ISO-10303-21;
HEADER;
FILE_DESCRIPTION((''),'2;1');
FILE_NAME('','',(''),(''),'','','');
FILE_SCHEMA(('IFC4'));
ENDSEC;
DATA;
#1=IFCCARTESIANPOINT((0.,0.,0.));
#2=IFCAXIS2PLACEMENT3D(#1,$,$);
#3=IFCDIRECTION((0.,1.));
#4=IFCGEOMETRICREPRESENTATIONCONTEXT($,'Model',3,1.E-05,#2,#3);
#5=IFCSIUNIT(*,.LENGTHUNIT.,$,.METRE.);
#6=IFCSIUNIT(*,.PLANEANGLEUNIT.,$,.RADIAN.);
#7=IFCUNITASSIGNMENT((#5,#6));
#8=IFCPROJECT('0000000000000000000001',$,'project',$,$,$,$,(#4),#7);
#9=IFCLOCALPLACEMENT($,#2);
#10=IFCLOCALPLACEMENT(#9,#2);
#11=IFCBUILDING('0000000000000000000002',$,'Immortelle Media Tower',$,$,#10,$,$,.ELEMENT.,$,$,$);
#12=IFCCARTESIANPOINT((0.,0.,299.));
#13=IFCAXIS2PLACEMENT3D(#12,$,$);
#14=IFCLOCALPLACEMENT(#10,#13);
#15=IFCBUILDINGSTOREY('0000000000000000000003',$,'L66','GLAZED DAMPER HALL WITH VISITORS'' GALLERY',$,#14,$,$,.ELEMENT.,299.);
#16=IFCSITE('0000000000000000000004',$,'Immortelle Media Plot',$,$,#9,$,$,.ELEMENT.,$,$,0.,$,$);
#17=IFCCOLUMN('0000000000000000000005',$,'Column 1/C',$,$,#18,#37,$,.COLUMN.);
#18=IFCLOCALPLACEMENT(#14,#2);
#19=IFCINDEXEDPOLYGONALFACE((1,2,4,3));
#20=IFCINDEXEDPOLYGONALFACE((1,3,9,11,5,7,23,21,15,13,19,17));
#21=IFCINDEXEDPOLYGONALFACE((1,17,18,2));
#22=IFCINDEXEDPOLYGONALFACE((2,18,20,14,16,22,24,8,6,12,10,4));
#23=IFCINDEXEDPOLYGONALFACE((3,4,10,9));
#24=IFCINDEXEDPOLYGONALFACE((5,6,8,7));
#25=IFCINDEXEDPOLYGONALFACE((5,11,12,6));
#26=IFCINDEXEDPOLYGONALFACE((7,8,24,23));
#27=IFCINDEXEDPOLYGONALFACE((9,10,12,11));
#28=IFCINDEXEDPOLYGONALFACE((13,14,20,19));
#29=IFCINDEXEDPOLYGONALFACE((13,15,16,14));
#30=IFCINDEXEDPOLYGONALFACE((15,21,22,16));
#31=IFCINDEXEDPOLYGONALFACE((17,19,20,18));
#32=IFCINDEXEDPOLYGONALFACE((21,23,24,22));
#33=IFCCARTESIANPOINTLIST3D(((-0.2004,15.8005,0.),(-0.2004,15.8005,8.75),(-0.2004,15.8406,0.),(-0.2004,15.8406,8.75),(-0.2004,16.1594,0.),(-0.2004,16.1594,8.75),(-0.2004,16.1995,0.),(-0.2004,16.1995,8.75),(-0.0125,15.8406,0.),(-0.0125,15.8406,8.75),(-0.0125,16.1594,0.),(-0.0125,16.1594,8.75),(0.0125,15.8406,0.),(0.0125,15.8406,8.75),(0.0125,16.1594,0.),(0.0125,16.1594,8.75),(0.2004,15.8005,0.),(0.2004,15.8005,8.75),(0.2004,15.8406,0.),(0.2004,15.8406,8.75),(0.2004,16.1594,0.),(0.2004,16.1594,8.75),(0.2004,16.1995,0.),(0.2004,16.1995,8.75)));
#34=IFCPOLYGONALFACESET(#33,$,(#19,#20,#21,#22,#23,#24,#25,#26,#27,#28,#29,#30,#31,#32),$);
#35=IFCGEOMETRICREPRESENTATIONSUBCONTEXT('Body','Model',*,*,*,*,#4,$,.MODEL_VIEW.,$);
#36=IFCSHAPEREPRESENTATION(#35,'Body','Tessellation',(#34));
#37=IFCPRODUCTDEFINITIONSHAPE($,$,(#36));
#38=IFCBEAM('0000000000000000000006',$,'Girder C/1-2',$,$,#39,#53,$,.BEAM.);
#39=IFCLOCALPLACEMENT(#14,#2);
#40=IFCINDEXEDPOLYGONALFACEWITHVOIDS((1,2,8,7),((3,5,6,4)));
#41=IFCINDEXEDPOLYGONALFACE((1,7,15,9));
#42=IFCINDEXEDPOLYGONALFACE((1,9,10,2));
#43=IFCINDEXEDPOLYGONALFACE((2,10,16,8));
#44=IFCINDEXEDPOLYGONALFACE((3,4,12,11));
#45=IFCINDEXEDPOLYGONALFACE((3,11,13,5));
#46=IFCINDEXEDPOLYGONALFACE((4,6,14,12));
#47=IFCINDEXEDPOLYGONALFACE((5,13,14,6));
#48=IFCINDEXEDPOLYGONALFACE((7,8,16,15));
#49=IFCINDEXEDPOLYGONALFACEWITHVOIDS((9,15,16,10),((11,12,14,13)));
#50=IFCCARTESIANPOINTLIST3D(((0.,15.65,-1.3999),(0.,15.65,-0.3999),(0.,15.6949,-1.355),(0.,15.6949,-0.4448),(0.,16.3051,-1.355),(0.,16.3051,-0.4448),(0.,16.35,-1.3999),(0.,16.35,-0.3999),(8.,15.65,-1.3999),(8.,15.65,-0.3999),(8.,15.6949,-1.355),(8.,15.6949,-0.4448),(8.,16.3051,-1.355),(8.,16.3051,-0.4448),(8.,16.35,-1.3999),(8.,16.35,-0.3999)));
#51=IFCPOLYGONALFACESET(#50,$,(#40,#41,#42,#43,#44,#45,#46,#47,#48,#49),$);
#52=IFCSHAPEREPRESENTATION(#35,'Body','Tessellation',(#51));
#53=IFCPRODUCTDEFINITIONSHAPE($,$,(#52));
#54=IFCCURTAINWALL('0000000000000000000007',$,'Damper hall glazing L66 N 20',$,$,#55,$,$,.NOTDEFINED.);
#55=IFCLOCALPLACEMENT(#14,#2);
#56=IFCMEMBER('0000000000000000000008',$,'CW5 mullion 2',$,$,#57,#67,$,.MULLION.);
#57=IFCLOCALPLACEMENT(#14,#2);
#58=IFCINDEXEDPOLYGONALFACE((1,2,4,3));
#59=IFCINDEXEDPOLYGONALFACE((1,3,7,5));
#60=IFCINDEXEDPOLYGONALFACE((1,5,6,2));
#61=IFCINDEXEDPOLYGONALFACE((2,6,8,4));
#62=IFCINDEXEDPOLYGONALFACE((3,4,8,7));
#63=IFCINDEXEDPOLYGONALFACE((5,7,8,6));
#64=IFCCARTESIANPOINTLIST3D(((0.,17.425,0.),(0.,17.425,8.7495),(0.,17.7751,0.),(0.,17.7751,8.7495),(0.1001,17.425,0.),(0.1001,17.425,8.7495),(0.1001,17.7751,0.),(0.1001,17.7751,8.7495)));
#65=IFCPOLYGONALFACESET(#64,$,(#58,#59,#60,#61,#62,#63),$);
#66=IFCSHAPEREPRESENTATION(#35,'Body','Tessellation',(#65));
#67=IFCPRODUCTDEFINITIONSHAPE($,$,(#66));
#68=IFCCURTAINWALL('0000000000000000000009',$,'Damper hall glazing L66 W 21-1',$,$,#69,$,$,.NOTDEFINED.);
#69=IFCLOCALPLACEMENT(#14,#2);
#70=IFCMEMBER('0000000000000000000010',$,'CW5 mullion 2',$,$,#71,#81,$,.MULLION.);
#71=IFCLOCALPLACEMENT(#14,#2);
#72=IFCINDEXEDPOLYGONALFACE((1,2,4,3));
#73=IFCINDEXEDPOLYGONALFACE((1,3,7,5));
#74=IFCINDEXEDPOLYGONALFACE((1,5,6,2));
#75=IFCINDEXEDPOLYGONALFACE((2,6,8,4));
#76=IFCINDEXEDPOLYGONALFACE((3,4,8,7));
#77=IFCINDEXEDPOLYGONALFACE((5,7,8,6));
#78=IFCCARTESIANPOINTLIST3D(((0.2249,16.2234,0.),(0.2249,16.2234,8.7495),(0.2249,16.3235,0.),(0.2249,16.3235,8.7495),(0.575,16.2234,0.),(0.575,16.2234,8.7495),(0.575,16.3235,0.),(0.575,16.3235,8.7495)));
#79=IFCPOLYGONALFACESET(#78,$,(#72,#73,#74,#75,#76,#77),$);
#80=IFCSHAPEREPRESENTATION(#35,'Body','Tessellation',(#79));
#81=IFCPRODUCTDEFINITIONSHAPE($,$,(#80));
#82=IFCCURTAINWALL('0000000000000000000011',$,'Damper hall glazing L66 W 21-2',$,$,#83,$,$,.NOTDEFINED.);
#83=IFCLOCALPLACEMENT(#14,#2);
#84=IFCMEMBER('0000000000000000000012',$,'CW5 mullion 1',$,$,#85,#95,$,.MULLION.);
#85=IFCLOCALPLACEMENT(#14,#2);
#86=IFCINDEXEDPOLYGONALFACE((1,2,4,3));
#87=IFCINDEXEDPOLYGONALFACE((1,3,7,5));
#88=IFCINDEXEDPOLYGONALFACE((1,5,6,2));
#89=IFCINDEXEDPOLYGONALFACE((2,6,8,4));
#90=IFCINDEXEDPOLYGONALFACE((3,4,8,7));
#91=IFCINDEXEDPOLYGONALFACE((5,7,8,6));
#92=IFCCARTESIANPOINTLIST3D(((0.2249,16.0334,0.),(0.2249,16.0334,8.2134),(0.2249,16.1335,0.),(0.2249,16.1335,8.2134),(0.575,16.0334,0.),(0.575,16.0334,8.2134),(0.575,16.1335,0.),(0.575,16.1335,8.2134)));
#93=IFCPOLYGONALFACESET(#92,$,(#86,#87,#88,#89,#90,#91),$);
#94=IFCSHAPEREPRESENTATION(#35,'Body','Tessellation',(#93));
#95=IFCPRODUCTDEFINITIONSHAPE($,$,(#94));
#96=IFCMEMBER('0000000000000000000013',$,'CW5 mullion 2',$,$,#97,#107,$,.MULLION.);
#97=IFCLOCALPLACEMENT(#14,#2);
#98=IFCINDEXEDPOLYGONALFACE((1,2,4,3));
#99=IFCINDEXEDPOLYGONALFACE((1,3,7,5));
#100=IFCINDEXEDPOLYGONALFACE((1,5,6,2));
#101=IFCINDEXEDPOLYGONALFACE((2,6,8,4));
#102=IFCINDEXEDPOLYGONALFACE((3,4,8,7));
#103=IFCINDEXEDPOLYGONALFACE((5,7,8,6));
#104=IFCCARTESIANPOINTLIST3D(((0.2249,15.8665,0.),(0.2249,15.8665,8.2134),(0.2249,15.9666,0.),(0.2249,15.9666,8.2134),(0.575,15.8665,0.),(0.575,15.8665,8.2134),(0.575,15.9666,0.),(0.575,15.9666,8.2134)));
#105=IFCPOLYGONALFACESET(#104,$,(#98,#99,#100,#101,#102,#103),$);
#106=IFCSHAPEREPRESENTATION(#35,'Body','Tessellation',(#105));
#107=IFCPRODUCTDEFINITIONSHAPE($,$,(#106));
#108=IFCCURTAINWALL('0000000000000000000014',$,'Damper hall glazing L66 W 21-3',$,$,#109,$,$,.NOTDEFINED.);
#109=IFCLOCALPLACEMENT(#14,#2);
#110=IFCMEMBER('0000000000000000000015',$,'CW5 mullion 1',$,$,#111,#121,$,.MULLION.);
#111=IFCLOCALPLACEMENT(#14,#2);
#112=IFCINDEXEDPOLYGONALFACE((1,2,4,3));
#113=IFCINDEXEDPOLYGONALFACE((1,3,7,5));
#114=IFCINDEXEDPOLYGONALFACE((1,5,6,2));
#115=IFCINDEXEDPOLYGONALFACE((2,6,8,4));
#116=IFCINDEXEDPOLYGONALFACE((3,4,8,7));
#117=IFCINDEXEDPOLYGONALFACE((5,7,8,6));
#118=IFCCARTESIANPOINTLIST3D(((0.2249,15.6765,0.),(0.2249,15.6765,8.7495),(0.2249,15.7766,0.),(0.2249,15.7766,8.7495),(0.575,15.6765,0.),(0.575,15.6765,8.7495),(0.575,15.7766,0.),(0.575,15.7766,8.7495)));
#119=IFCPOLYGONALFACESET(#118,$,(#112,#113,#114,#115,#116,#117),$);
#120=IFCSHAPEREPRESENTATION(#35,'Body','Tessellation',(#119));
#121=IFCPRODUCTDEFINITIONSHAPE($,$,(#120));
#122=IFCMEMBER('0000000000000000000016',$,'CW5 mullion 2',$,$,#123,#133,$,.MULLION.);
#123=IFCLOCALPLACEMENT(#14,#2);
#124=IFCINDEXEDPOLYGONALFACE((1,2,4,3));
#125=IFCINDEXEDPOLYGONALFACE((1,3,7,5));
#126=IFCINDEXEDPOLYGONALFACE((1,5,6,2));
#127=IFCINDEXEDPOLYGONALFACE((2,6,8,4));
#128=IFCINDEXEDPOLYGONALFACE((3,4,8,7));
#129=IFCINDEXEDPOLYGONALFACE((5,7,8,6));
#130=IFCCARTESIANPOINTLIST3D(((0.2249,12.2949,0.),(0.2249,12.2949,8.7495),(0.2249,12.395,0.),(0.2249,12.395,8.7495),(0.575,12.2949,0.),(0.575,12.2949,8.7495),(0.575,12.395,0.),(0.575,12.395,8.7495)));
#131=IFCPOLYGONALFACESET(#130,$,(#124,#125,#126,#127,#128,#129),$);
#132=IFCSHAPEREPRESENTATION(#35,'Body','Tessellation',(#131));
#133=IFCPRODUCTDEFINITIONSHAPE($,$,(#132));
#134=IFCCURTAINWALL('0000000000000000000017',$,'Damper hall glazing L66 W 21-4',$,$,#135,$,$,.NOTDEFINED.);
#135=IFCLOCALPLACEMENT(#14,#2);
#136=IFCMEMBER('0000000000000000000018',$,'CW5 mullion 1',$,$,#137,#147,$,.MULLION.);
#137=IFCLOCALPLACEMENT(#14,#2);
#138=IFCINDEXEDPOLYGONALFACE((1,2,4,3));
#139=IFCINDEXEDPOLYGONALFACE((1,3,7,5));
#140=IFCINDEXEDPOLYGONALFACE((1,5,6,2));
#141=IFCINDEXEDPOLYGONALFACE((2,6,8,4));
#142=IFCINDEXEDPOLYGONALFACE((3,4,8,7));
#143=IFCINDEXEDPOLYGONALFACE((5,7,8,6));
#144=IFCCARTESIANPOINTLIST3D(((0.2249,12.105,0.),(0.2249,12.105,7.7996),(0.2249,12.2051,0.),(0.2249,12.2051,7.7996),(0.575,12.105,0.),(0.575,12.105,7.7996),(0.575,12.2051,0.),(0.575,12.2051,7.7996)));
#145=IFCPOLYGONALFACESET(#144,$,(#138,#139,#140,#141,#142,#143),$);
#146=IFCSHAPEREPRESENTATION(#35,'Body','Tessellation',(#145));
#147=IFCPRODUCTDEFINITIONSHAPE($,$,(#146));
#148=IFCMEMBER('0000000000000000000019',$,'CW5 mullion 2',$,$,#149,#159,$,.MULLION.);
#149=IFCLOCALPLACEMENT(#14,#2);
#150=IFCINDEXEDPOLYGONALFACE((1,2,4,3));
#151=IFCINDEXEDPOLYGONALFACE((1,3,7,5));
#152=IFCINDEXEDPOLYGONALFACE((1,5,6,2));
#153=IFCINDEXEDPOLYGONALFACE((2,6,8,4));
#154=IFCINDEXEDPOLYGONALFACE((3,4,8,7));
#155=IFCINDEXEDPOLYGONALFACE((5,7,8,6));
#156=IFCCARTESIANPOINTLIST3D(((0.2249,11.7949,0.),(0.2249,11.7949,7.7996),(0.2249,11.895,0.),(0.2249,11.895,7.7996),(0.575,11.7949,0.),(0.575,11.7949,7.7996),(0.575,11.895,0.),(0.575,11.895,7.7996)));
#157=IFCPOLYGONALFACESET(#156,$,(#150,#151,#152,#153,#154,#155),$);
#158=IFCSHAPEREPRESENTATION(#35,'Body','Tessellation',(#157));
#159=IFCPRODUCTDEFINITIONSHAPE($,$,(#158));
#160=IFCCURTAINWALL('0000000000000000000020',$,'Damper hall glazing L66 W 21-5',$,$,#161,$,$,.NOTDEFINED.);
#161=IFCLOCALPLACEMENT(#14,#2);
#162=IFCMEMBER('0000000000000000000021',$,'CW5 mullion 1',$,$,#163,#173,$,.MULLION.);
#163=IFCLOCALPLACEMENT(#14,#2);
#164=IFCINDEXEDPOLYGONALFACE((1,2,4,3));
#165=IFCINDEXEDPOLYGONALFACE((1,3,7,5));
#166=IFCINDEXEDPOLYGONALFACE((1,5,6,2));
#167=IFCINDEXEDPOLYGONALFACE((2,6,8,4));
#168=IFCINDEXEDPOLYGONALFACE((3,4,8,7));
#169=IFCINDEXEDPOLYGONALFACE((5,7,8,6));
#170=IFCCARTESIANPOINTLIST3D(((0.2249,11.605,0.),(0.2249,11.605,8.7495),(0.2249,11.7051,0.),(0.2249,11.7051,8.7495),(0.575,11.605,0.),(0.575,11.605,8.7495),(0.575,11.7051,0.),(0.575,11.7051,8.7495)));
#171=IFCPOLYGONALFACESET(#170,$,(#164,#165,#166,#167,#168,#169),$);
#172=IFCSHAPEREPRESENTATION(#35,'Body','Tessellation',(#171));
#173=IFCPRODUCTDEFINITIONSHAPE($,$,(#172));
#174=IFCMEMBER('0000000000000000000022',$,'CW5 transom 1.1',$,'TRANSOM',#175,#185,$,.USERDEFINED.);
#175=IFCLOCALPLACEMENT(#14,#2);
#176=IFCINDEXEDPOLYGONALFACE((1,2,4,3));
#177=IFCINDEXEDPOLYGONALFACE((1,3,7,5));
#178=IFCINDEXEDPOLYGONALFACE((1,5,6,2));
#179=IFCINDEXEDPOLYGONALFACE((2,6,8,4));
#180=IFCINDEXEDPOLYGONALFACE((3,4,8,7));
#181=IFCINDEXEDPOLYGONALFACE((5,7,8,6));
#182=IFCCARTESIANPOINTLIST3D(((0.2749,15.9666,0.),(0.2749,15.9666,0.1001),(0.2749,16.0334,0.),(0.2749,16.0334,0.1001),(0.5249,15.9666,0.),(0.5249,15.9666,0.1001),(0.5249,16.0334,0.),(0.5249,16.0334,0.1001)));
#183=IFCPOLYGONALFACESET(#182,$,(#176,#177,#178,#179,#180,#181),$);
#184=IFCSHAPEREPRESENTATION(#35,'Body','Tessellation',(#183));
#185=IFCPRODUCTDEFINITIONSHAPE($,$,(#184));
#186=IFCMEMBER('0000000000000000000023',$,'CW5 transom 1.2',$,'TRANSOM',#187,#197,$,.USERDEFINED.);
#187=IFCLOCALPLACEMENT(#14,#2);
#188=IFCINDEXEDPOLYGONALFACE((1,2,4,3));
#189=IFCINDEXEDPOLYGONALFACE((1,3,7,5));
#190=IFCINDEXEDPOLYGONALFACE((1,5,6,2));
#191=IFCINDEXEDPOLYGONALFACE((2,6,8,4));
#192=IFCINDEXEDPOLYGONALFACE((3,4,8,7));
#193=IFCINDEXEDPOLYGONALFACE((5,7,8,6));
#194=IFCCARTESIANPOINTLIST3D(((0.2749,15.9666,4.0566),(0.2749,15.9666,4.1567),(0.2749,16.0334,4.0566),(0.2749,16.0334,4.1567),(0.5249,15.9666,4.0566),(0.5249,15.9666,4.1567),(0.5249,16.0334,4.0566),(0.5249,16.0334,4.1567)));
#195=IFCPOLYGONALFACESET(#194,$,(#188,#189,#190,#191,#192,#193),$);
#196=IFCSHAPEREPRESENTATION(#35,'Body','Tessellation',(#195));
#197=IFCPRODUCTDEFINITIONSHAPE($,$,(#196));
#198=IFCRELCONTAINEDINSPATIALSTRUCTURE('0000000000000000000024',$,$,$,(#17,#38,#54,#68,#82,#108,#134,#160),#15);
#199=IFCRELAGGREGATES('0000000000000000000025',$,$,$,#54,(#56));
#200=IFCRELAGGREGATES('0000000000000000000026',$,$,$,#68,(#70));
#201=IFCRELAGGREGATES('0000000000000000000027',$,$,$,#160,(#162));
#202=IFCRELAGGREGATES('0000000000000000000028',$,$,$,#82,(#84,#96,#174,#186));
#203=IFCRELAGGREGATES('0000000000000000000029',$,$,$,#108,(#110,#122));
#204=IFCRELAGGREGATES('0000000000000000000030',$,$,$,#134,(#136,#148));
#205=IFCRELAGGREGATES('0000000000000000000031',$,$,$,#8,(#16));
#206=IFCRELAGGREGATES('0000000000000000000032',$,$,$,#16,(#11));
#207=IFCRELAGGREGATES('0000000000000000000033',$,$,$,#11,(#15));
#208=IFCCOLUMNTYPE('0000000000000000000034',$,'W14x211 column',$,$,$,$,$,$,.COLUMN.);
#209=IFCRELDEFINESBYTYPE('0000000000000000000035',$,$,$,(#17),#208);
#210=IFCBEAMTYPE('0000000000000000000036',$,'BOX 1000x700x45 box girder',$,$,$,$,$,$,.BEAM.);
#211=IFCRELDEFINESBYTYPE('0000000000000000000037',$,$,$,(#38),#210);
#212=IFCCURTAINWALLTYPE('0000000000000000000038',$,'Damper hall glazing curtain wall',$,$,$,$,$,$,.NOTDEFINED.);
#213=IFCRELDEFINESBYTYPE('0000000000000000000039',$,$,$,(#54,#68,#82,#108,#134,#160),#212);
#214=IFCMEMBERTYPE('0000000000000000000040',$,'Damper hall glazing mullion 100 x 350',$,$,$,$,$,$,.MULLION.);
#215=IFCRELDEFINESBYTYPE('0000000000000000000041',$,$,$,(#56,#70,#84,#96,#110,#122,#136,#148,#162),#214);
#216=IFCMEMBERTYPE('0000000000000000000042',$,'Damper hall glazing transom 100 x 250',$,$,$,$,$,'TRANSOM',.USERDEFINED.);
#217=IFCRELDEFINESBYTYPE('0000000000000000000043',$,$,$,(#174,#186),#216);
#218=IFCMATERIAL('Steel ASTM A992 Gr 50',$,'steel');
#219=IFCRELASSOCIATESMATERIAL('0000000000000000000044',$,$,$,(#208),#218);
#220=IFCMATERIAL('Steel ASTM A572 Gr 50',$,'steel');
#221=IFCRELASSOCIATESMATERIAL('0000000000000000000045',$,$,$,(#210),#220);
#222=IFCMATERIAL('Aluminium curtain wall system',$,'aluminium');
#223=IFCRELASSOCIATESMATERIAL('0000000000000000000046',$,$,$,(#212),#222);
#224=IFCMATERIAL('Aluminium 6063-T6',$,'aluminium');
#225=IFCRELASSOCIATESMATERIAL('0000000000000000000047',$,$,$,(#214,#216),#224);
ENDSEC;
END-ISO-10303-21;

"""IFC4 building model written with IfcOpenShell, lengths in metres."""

from ifc_helpers import new_model, si_unit, direction, frame, origin, origin_2d, place, context, subcontext, project, spatial, rectangle, hollow_rectangle, i_section, extrude, material, material_profile, profile_set, type_object, element, aggregate, save


model = new_model("IFC4")

# Units and contexts
model_context = context("Model", 3, precision=1e-05, world=origin(), true_north=direction((0.0, 1.0)))
body_context = subcontext(model_context, "Body", "Model", "MODEL_VIEW")
ifc_project = project(units=[si_unit("LENGTHUNIT", "METRE"), si_unit("PLANEANGLEUNIT", "RADIAN")], contexts=[model_context])

# Site, building, storey
site_placement = place(None, origin())
site = spatial("IfcSite", under=ifc_project, at=site_placement, Name="Immortelle Media Plot", CompositionType="ELEMENT", RefElevation=0.0)
building_placement = place(site_placement, origin())
building = spatial("IfcBuilding", under=site, at=building_placement, Name="Immortelle Media Tower", CompositionType="ELEMENT")
storey_placement = place(building_placement, frame((0.0, 0.0, 299.0)))
storey = spatial("IfcBuildingStorey", under=building, at=storey_placement, Name="L66", Description="GLAZED DAMPER HALL WITH VISITORS' GALLERY", CompositionType="ELEMENT", Elevation=299.0)

# Column
ifc_material_1 = material(Name="Steel ASTM A992 Gr 50", Category="steel")
ifc_material_profile_1 = material_profile(ifc_material_1, i_section(OverallWidth=0.4009, OverallDepth=0.3989, WebThickness=0.0249, FlangeThickness=0.04, at=origin_2d()), Name="W14x211")
ifc_profile_set_1 = profile_set([ifc_material_profile_1], Name="Steel ASTM A992 Gr 50")
column_type = type_object("IfcColumnType", Name="W14x211 column", PredefinedType="COLUMN", material=ifc_profile_set_1)
column_placement = place(storey_placement, frame((0.0, 16.0, 0.0), z_axis=(0.0, 0.0, 1.0), x_axis=(1.0, 0.0, 0.0)))
element("IfcColumn", 1, at=column_placement, inside=storey, type_object=column_type, Name="Column 1/C", PredefinedType="COLUMN", context=body_context, shape_type="SweptSolid", body=[
    extrude(i_section(OverallWidth=0.4009, OverallDepth=0.3989, WebThickness=0.0249, FlangeThickness=0.04, at=origin_2d()), origin(), (0.0, 0.0, 1.0), 8.75),
])

# Beam
ifc_material_2 = material(Name="Steel ASTM A572 Gr 50", Category="steel")
ifc_material_profile_2 = material_profile(ifc_material_2, hollow_rectangle(XDim=0.7, YDim=1.0, WallThickness=0.0449, at=origin_2d()), Name="BOX 1000x700x45 box girder")
ifc_profile_set_2 = profile_set([ifc_material_profile_2], Name="Steel ASTM A572 Gr 50")
beam_type_1 = type_object("IfcBeamType", Name="BOX 1000x700x45 box girder", PredefinedType="BEAM", material=ifc_profile_set_2)
beam_placement = place(storey_placement, frame((0.0, 16.0, -0.8999), z_axis=(1.0, 0.0, 0.0), x_axis=(0.0, 1.0, 0.0)))
element("IfcBeam", 2, at=beam_placement, inside=storey, type_object=beam_type_1, Name="Girder C/1-2", PredefinedType="BEAM", context=body_context, shape_type="SweptSolid", body=[
    extrude(hollow_rectangle(XDim=0.7, YDim=1.0, WallThickness=0.0449, at=origin_2d()), origin(), (0.0, 0.0, 1.0), 8.0),
])

# Curtain walls, members
ifc_material_3 = material(Name="Aluminium curtain wall system", Category="aluminium")
curtain_wall_type = type_object("IfcCurtainWallType", Name="Damper hall glazing curtain wall", PredefinedType="NOTDEFINED", material=ifc_material_3)
curtain_wall_1_placement = place(storey_placement, origin())
curtain_wall_1 = element("IfcCurtainWall", 3, at=curtain_wall_1_placement, inside=storey, type_object=curtain_wall_type, Name="Damper hall glazing L66 N 20", PredefinedType="NOTDEFINED")
ifc_material_4 = material(Name="Aluminium 6063-T6", Category="aluminium")
ifc_material_profile_3 = material_profile(ifc_material_4, rectangle(XDim=0.3501, YDim=0.1001, at=origin_2d()), Name="AL 100x350")
ifc_profile_set_3 = profile_set([ifc_material_profile_3], Name="Aluminium 6063-T6")
member_type_1 = type_object("IfcMemberType", Name="Damper hall glazing mullion 100 x 350", PredefinedType="MULLION", material=ifc_profile_set_3)
member_1_placement = place(storey_placement, frame((0.05, 17.6001, 0.0), z_axis=(0.0, 0.0, 1.0), x_axis=(0.0, -1.0, 0.0)))
member_1 = element("IfcMember", 4, at=member_1_placement, type_object=member_type_1, Name="CW5 mullion 2", PredefinedType="MULLION", context=body_context, shape_type="SweptSolid", body=[
    extrude(rectangle(XDim=0.3501, YDim=0.1001, at=origin_2d()), origin(), (0.0, 0.0, 1.0), 8.7495),
])
aggregate(curtain_wall_1, [member_1])
curtain_wall_2_placement = place(storey_placement, origin())
curtain_wall_2 = element("IfcCurtainWall", 5, at=curtain_wall_2_placement, inside=storey, type_object=curtain_wall_type, Name="Damper hall glazing L66 W 21-1", PredefinedType="NOTDEFINED")
member_2_placement = place(storey_placement, frame((0.3999, 16.2734, 0.0), z_axis=(0.0, 0.0, 1.0), x_axis=(1.0, 0.0, 0.0)))
member_2 = element("IfcMember", 6, at=member_2_placement, type_object=member_type_1, Name="CW5 mullion 2", PredefinedType="MULLION", context=body_context, shape_type="SweptSolid", body=[
    extrude(rectangle(XDim=0.3501, YDim=0.1001, at=origin_2d()), origin(), (0.0, 0.0, 1.0), 8.7495),
])
aggregate(curtain_wall_2, [member_2])

# Curtain walls, members
curtain_wall_3_placement = place(storey_placement, origin())
curtain_wall_3 = element("IfcCurtainWall", 7, at=curtain_wall_3_placement, inside=storey, type_object=curtain_wall_type, Name="Damper hall glazing L66 W 21-2", PredefinedType="NOTDEFINED")
member_3_placement = place(storey_placement, frame((0.3999, 16.0835, 0.0), z_axis=(0.0, 0.0, 1.0), x_axis=(1.0, 0.0, 0.0)))
member_3 = element("IfcMember", 8, at=member_3_placement, type_object=member_type_1, Name="CW5 mullion 1", PredefinedType="MULLION", context=body_context, shape_type="SweptSolid", body=[
    extrude(rectangle(XDim=0.3501, YDim=0.1001, at=origin_2d()), origin(), (0.0, 0.0, 1.0), 8.2134),
])
member_4_placement = place(storey_placement, frame((0.3999, 15.9165, 0.0), z_axis=(0.0, 0.0, 1.0), x_axis=(1.0, 0.0, 0.0)))
member_4 = element("IfcMember", 9, at=member_4_placement, type_object=member_type_1, Name="CW5 mullion 2", PredefinedType="MULLION", context=body_context, shape_type="SweptSolid", body=[
    extrude(rectangle(XDim=0.3501, YDim=0.1001, at=origin_2d()), origin(), (0.0, 0.0, 1.0), 8.2134),
])
curtain_wall_4_placement = place(storey_placement, origin())
curtain_wall_4 = element("IfcCurtainWall", 10, at=curtain_wall_4_placement, inside=storey, type_object=curtain_wall_type, Name="Damper hall glazing L66 W 21-3", PredefinedType="NOTDEFINED")
member_5_placement = place(storey_placement, frame((0.3999, 15.7266, 0.0), z_axis=(0.0, 0.0, 1.0), x_axis=(1.0, 0.0, 0.0)))
member_5 = element("IfcMember", 11, at=member_5_placement, type_object=member_type_1, Name="CW5 mullion 1", PredefinedType="MULLION", context=body_context, shape_type="SweptSolid", body=[
    extrude(rectangle(XDim=0.3501, YDim=0.1001, at=origin_2d()), origin(), (0.0, 0.0, 1.0), 8.7495),
])
member_6_placement = place(storey_placement, frame((0.3999, 12.345, 0.0), z_axis=(0.0, 0.0, 1.0), x_axis=(1.0, 0.0, 0.0)))
member_6 = element("IfcMember", 12, at=member_6_placement, type_object=member_type_1, Name="CW5 mullion 2", PredefinedType="MULLION", context=body_context, shape_type="SweptSolid", body=[
    extrude(rectangle(XDim=0.3501, YDim=0.1001, at=origin_2d()), origin(), (0.0, 0.0, 1.0), 8.7495),
])
curtain_wall_5_placement = place(storey_placement, origin())
curtain_wall_5 = element("IfcCurtainWall", 13, at=curtain_wall_5_placement, inside=storey, type_object=curtain_wall_type, Name="Damper hall glazing L66 W 21-4", PredefinedType="NOTDEFINED")
member_7_placement = place(storey_placement, frame((0.3999, 12.155, 0.0), z_axis=(0.0, 0.0, 1.0), x_axis=(1.0, 0.0, 0.0)))
member_7 = element("IfcMember", 14, at=member_7_placement, type_object=member_type_1, Name="CW5 mullion 1", PredefinedType="MULLION", context=body_context, shape_type="SweptSolid", body=[
    extrude(rectangle(XDim=0.3501, YDim=0.1001, at=origin_2d()), origin(), (0.0, 0.0, 1.0), 7.7996),
])
member_8_placement = place(storey_placement, frame((0.3999, 11.845, 0.0), z_axis=(0.0, 0.0, 1.0), x_axis=(1.0, 0.0, 0.0)))
member_8 = element("IfcMember", 15, at=member_8_placement, type_object=member_type_1, Name="CW5 mullion 2", PredefinedType="MULLION", context=body_context, shape_type="SweptSolid", body=[
    extrude(rectangle(XDim=0.3501, YDim=0.1001, at=origin_2d()), origin(), (0.0, 0.0, 1.0), 7.7996),
])

# Curtain wall, member
curtain_wall_6_placement = place(storey_placement, origin())
curtain_wall_6 = element("IfcCurtainWall", 16, at=curtain_wall_6_placement, inside=storey, type_object=curtain_wall_type, Name="Damper hall glazing L66 W 21-5", PredefinedType="NOTDEFINED")
member_9_placement = place(storey_placement, frame((0.3999, 11.655, 0.0), z_axis=(0.0, 0.0, 1.0), x_axis=(1.0, 0.0, 0.0)))
member_9 = element("IfcMember", 17, at=member_9_placement, type_object=member_type_1, Name="CW5 mullion 1", PredefinedType="MULLION", context=body_context, shape_type="SweptSolid", body=[
    extrude(rectangle(XDim=0.3501, YDim=0.1001, at=origin_2d()), origin(), (0.0, 0.0, 1.0), 8.7495),
])
aggregate(curtain_wall_6, [member_9])

# Members
ifc_material_profile_4 = material_profile(ifc_material_4, rectangle(XDim=0.25, YDim=0.1001, at=origin_2d()), Name="AL 100x250")
ifc_profile_set_4 = profile_set([ifc_material_profile_4], Name="Aluminium 6063-T6")
member_type_2 = type_object("IfcMemberType", Name="Damper hall glazing transom 100 x 250", ElementType="TRANSOM", PredefinedType="USERDEFINED", material=ifc_profile_set_4)
member_10_placement = place(storey_placement, frame((0.3999, 16.0334, 0.05), z_axis=(0.0, -1.0, 0.0), x_axis=(1.0, 0.0, 0.0)))
member_10 = element("IfcMember", 18, at=member_10_placement, type_object=member_type_2, Name="CW5 transom 1.1", ObjectType="TRANSOM", PredefinedType="USERDEFINED", context=body_context, shape_type="SweptSolid", body=[
    extrude(rectangle(XDim=0.25, YDim=0.1001, at=origin_2d()), origin(), (0.0, 0.0, 1.0), 0.0669),
])
member_11_placement = place(storey_placement, frame((0.3999, 16.0334, 4.1067), z_axis=(0.0, -1.0, 0.0), x_axis=(1.0, 0.0, 0.0)))
member_11 = element("IfcMember", 19, at=member_11_placement, type_object=member_type_2, Name="CW5 transom 1.2", ObjectType="TRANSOM", PredefinedType="USERDEFINED", context=body_context, shape_type="SweptSolid", body=[
    extrude(rectangle(XDim=0.25, YDim=0.1001, at=origin_2d()), origin(), (0.0, 0.0, 1.0), 0.0669),
])

aggregate(curtain_wall_3, [member_3, member_4, member_10, member_11])
aggregate(curtain_wall_4, [member_5, member_6])
aggregate(curtain_wall_5, [member_7, member_8])

save(model, "model.ifc")
